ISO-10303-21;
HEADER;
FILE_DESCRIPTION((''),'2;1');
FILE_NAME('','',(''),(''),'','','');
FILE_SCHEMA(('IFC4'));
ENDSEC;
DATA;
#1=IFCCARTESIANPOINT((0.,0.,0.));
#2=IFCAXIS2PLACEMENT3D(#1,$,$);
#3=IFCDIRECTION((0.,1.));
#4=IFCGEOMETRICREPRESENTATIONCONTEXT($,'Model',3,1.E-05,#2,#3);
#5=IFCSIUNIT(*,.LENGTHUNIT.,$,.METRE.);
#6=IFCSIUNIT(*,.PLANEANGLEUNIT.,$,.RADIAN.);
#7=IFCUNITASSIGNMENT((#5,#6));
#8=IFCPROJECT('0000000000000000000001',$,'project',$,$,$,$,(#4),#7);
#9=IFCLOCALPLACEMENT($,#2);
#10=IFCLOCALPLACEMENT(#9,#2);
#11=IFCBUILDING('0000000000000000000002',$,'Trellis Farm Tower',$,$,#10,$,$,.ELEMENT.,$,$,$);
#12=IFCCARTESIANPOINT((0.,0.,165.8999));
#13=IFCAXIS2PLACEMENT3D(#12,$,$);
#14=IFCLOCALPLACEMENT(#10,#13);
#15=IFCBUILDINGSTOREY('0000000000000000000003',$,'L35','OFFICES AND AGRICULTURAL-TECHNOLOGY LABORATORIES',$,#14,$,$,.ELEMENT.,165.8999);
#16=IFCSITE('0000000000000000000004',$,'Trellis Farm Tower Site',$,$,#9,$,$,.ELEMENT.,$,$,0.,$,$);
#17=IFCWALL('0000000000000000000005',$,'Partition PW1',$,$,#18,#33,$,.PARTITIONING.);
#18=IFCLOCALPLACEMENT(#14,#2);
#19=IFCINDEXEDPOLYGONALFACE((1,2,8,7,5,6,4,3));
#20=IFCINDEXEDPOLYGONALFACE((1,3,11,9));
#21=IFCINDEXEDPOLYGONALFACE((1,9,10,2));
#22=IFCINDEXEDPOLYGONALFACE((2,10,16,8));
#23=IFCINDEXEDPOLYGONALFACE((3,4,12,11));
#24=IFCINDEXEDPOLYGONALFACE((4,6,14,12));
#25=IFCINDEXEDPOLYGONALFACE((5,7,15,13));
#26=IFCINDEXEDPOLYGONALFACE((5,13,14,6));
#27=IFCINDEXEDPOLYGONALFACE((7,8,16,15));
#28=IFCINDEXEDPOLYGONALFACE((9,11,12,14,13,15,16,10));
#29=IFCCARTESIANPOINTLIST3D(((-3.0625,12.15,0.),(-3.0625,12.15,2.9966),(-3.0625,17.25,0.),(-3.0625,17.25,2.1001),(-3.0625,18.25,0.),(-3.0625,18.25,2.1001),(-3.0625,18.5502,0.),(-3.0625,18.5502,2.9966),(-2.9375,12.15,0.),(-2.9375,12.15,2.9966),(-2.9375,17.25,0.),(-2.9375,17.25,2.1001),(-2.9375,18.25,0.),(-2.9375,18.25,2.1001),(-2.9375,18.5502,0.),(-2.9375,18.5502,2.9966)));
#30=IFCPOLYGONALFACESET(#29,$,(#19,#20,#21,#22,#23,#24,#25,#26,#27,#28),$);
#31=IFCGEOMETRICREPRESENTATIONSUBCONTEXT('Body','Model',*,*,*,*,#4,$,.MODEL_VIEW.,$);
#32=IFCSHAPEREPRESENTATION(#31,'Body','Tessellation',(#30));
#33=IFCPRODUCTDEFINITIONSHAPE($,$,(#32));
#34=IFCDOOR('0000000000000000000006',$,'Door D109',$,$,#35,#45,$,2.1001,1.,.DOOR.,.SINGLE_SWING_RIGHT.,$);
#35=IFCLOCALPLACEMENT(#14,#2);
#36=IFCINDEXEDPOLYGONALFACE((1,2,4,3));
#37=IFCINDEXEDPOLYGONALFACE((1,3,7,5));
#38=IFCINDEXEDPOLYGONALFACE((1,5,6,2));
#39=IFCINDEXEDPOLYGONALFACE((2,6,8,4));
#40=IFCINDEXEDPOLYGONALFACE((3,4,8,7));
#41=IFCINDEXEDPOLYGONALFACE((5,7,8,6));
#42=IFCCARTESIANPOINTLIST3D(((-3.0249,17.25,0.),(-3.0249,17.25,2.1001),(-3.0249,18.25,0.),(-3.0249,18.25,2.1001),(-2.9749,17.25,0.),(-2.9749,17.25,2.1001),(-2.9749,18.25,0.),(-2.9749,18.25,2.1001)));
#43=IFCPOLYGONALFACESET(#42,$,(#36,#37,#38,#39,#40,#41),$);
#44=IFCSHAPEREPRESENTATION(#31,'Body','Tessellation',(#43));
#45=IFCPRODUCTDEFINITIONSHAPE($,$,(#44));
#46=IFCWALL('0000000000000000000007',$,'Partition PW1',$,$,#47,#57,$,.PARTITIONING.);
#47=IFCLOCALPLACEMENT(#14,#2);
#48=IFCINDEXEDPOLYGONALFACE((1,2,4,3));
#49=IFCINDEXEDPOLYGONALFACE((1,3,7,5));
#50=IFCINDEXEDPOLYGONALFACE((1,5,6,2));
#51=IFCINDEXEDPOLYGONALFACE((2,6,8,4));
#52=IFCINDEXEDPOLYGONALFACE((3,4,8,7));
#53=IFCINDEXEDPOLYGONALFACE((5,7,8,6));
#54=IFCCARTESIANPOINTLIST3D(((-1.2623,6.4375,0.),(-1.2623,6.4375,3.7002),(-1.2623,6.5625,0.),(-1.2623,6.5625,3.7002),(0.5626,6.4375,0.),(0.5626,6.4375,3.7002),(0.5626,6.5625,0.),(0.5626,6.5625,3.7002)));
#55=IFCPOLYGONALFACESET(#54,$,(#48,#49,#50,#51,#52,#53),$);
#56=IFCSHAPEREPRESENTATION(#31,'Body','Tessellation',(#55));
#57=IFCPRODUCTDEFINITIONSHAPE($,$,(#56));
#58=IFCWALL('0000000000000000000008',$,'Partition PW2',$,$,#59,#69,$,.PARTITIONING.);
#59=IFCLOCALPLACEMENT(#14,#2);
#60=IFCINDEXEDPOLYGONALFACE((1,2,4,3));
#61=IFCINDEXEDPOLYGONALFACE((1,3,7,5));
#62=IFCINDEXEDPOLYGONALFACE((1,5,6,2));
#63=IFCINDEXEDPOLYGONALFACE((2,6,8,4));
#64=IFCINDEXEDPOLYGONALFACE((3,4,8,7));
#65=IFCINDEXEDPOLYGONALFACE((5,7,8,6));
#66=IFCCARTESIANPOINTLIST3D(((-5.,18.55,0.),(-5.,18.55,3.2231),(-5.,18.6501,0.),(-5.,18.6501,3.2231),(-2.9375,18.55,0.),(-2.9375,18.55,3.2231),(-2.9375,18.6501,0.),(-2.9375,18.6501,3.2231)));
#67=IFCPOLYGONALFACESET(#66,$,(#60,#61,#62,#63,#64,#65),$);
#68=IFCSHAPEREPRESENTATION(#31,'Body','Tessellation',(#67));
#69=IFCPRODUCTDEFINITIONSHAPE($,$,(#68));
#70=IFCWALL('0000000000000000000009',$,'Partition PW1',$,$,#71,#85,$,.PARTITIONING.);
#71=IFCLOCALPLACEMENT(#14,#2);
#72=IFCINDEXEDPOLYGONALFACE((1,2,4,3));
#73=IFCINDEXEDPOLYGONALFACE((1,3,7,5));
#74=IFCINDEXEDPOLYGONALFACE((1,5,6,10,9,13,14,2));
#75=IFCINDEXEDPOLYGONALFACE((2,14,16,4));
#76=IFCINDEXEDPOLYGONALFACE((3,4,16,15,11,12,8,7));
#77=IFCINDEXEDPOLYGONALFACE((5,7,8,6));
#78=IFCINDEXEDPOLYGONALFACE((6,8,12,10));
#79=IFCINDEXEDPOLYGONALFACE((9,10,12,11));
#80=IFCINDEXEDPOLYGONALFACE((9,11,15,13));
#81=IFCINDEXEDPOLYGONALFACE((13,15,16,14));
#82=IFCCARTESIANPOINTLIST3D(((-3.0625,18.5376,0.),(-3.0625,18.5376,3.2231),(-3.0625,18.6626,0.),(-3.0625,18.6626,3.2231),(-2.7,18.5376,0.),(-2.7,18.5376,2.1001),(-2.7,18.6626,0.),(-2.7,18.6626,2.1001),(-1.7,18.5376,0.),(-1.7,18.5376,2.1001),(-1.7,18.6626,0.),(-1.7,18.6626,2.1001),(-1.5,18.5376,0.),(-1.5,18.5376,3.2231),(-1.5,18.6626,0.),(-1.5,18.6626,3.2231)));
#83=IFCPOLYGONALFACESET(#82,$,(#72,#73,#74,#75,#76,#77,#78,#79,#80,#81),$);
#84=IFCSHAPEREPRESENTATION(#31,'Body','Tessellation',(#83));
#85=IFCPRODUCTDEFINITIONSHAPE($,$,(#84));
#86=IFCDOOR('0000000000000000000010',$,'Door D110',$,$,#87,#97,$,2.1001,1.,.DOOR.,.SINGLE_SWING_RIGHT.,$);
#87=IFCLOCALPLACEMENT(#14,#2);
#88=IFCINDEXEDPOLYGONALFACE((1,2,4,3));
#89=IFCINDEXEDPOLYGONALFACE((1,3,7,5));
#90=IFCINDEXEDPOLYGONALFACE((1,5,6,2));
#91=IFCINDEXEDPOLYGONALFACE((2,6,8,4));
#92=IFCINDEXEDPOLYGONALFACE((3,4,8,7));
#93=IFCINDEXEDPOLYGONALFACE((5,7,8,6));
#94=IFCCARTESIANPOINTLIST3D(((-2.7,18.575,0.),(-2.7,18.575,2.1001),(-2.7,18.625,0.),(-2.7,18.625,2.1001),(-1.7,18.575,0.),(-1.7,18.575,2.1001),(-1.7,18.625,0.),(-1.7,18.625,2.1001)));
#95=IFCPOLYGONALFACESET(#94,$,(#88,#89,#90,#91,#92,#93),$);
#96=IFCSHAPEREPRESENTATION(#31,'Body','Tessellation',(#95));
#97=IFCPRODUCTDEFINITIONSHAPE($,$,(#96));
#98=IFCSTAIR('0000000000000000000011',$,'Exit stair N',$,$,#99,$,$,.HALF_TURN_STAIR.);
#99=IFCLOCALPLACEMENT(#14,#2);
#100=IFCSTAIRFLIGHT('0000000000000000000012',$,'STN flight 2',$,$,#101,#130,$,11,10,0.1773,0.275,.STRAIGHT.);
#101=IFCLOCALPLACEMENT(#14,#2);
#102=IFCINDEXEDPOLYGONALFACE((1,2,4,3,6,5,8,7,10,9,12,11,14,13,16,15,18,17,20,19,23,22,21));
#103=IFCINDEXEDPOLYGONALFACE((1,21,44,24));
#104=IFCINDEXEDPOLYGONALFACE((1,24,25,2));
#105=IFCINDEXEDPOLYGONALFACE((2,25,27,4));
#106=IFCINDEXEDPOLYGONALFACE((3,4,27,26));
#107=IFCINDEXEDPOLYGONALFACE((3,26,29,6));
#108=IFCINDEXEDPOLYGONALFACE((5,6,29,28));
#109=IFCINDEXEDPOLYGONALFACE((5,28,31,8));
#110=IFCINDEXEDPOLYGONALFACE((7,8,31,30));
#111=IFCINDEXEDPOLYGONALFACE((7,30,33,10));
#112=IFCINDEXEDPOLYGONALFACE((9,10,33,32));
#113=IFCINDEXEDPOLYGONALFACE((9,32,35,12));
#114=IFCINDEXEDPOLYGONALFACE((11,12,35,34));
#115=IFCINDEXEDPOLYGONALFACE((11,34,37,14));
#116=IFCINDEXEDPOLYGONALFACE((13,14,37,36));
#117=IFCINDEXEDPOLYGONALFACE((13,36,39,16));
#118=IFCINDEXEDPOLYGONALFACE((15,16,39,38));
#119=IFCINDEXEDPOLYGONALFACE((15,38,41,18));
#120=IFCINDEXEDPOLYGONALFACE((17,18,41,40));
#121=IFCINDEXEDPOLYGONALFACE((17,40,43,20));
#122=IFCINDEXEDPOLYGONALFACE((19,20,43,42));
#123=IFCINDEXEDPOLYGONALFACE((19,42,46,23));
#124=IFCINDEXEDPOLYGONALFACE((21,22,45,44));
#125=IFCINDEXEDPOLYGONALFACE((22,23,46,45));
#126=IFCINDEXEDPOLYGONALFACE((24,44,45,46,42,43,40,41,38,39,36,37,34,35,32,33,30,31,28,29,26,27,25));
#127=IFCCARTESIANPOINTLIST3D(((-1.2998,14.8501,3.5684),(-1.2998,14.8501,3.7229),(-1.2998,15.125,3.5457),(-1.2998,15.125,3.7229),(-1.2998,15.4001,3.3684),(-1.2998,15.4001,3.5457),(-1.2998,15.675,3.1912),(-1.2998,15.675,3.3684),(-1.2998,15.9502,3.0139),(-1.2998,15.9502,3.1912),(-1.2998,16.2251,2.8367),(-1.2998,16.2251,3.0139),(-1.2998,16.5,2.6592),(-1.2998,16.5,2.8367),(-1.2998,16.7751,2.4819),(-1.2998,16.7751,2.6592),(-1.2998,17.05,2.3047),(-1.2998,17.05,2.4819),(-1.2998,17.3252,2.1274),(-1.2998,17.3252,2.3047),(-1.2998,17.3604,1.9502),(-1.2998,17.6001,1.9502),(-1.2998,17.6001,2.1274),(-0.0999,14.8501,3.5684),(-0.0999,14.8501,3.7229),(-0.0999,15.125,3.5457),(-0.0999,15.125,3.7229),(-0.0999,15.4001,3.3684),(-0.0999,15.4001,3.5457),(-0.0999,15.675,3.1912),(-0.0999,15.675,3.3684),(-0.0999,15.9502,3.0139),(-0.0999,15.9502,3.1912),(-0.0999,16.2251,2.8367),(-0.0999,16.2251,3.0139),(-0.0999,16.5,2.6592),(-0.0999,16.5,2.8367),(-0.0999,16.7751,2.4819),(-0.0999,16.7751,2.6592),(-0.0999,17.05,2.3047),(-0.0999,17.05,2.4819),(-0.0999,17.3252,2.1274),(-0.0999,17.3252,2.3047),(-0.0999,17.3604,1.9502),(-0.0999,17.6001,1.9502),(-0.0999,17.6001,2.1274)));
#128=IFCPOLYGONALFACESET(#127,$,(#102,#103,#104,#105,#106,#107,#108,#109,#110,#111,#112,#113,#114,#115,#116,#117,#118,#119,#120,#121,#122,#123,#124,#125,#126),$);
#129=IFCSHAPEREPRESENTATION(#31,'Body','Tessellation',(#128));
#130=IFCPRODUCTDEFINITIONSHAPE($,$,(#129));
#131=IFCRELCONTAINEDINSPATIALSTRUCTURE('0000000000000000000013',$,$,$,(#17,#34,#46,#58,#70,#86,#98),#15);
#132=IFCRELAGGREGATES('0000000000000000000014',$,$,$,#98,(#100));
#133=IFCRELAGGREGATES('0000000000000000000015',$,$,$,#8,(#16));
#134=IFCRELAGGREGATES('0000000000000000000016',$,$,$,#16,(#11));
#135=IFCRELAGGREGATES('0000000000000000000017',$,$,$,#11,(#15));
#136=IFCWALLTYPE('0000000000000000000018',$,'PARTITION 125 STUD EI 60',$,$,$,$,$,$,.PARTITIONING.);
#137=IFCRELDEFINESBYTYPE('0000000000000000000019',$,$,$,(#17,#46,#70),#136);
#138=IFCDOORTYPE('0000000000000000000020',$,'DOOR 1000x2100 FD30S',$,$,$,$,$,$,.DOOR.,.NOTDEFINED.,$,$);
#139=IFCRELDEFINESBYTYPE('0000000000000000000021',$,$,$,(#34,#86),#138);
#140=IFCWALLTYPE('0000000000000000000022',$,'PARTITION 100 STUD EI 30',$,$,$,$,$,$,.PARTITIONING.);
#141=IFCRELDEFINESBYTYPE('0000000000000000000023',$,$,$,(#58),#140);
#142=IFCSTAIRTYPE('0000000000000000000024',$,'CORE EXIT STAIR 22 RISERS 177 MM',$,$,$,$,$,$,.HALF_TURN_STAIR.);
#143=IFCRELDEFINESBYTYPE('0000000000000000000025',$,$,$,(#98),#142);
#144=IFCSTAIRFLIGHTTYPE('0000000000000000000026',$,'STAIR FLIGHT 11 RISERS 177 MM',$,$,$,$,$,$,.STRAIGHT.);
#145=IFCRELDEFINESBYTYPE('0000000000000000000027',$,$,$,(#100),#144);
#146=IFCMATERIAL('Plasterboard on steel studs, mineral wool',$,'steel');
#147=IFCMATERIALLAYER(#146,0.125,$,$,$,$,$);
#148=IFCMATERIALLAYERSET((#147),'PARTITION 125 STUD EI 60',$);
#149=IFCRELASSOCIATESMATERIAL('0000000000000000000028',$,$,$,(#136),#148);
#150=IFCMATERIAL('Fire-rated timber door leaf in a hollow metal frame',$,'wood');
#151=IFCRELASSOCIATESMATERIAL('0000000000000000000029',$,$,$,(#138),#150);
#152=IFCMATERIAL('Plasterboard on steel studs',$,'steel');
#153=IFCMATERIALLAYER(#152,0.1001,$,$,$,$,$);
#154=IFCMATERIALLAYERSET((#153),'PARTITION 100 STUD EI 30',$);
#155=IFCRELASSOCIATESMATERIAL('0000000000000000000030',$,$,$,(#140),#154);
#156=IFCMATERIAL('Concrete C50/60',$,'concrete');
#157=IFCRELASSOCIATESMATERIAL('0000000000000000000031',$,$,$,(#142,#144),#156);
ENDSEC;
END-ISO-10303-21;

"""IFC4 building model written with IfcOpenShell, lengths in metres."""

from ifc_helpers import new_model, si_unit, direction, frame, frame_2d, origin, place, context, subcontext, project, spatial, polyline, rectangle, outline, extrude, source, transform, mapped, material, layer, layer_set, type_object, element, fill, aggregate, save


model = new_model("IFC4")

# Units and contexts
model_context = context("Model", 3, precision=1e-05, world=origin(), true_north=direction((0.0, 1.0)))
body_context = subcontext(model_context, "Body", "Model", "MODEL_VIEW")
ifc_project = project(units=[si_unit("LENGTHUNIT", "METRE"), si_unit("PLANEANGLEUNIT", "RADIAN")], contexts=[model_context])

# Site, building, storey
site_placement = place(None, origin())
site = spatial("IfcSite", under=ifc_project, at=site_placement, Name="Trellis Farm Tower Site", CompositionType="ELEMENT", RefElevation=0.0)
building_placement = place(site_placement, origin())
building = spatial("IfcBuilding", under=site, at=building_placement, Name="Trellis Farm Tower", CompositionType="ELEMENT")
storey_placement = place(building_placement, frame((0.0, 0.0, 165.8999)))
storey = spatial("IfcBuildingStorey", under=building, at=storey_placement, Name="L35", Description="OFFICES AND AGRICULTURAL-TECHNOLOGY LABORATORIES", CompositionType="ELEMENT", Elevation=165.8999)

# Shared definitions
placement = place(storey_placement, origin())

# Shared definitions
ifc_material_1 = material(Name="Plasterboard on steel studs, mineral wool", Category="steel")
ifc_layer_1 = layer(ifc_material_1, 0.125)
ifc_layer_set_1 = layer_set([ifc_layer_1], Name="PARTITION 125 STUD EI 60")
wall_type_1 = type_object("IfcWallType", Name="PARTITION 125 STUD EI 60", PredefinedType="PARTITIONING", material=ifc_layer_set_1)
shared_shape_1 = source(origin(), body_context, "Body", "SweptSolid", [
    extrude(rectangle(XDim=1.0, YDim=2.1001, at=frame_2d((0.5, 1.05))), frame((0.0, 0.0725, 0.0), z_axis=(0.0, -1.0, 0.0), x_axis=(1.0, 0.0, 0.0)), (0.0, 0.0, 1.0), 0.145),
])
ifc_material_2 = material(Name="Fire-rated timber door leaf in a hollow metal frame", Category="wood")
door_type_1 = type_object("IfcDoorType", Name="DOOR 1000x2100 FD30S", OperationType="NOTDEFINED", PredefinedType="DOOR", material=ifc_material_2)
shared_shape_2 = source(origin(), body_context, "Body", "SweptSolid", [
    extrude(rectangle(XDim=1.0, YDim=2.1001, at=frame_2d((0.5, 1.05))), frame((0.0, 0.0249, 0.0), z_axis=(0.0, -1.0, 0.0), x_axis=(1.0, 0.0, 0.0)), (0.0, 0.0, 1.0), 0.05),
])

# Shared definitions
ifc_material_3 = material(Name="Plasterboard on steel studs", Category="steel")
ifc_layer_2 = layer(ifc_material_3, 0.1001)
ifc_layer_set_2 = layer_set([ifc_layer_2], Name="PARTITION 100 STUD EI 30")
wall_type_2 = type_object("IfcWallType", Name="PARTITION 100 STUD EI 30", PredefinedType="PARTITIONING", material=ifc_layer_set_2)

# Wall, opening, door
shared_shape_3 = source(origin(), body_context, "Body", "SweptSolid", [
    extrude(rectangle(XDim=6.4001, YDim=0.125, at=frame_2d((3.2002, 0.0))), origin(), (0.0, 0.0, 1.0), 2.9966),
])
wall_1_placement = place(storey_placement, frame((-3.0, 12.1499, 0.0), z_axis=(0.0, 0.0, 1.0), x_axis=(0.0, 1.0, 0.0)))
wall_1 = element("IfcWall", 1, at=wall_1_placement, inside=storey, type_object=wall_type_1, Name="Partition PW1", PredefinedType="PARTITIONING", context=body_context, shape_type="MappedRepresentation", body=[
    mapped(shared_shape_3, transform((0.0, 0.0, 0.0))),
])
opening_1_placement = place(wall_1_placement, frame((5.1001, 0.0, 0.0)))
opening_1 = element("IfcOpeningElement", 2, at=opening_1_placement, cuts=wall_1, PredefinedType="OPENING", context=body_context, shape_type="MappedRepresentation", body=[
    mapped(shared_shape_1, transform((0.0, 0.0, 0.0))),
])
door_1_placement = place(opening_1_placement, origin())
door_1 = element("IfcDoor", 3, at=door_1_placement, inside=storey, type_object=door_type_1, Name="Door D109", OperationType="SINGLE_SWING_RIGHT", OverallHeight=2.1001, OverallWidth=1.0, PredefinedType="DOOR", context=body_context, shape_type="MappedRepresentation", body=[
    mapped(shared_shape_2, transform((0.0, 0.0, 0.0))),
])
fill(opening_1, door_1)

# Walls
shared_shape_4 = source(origin(), body_context, "Body", "SweptSolid", [
    extrude(rectangle(XDim=1.825, YDim=0.125, at=frame_2d((0.9126, 0.0))), origin(), (0.0, 0.0, 1.0), 3.7002),
])
wall_2_placement = place(storey_placement, frame((-1.2625, 6.5, 0.0), z_axis=(0.0, 0.0, 1.0), x_axis=(1.0, 0.0, 0.0)))
element("IfcWall", 4, at=wall_2_placement, inside=storey, type_object=wall_type_1, Name="Partition PW1", PredefinedType="PARTITIONING", context=body_context, shape_type="MappedRepresentation", body=[
    mapped(shared_shape_4, transform((0.0, 0.0, 0.0))),
])
shared_shape_5 = source(origin(), body_context, "Body", "SweptSolid", [
    extrude(rectangle(XDim=2.0625, YDim=0.1001, at=frame_2d((1.0312, 0.0))), origin(), (0.0, 0.0, 1.0), 3.2231),
])
wall_3_placement = place(storey_placement, frame((-5.0, 18.6001, 0.0), z_axis=(0.0, 0.0, 1.0), x_axis=(1.0, 0.0, 0.0)))
element("IfcWall", 5, at=wall_3_placement, inside=storey, type_object=wall_type_2, Name="Partition PW2", PredefinedType="PARTITIONING", context=body_context, shape_type="MappedRepresentation", body=[
    mapped(shared_shape_5, transform((0.0, 0.0, 0.0))),
])

# Wall, opening, door
shared_shape_6 = source(origin(), body_context, "Body", "SweptSolid", [
    extrude(rectangle(XDim=1.5625, YDim=0.125, at=frame_2d((0.7812, 0.0))), origin(), (0.0, 0.0, 1.0), 3.2231),
])
wall_4_placement = place(storey_placement, frame((-3.0625, 18.6001, 0.0), z_axis=(0.0, 0.0, 1.0), x_axis=(1.0, 0.0, 0.0)))
wall_4 = element("IfcWall", 6, at=wall_4_placement, inside=storey, type_object=wall_type_1, Name="Partition PW1", PredefinedType="PARTITIONING", context=body_context, shape_type="MappedRepresentation", body=[
    mapped(shared_shape_6, transform((0.0, 0.0, 0.0))),
])
opening_2_placement = place(wall_4_placement, frame((0.3625, 0.0, 0.0)))
opening_2 = element("IfcOpeningElement", 7, at=opening_2_placement, cuts=wall_4, PredefinedType="OPENING", context=body_context, shape_type="MappedRepresentation", body=[
    mapped(shared_shape_1, transform((0.0, 0.0, 0.0))),
])
door_2_placement = place(opening_2_placement, origin())
door_2 = element("IfcDoor", 8, at=door_2_placement, inside=storey, type_object=door_type_1, Name="Door D110", OperationType="SINGLE_SWING_RIGHT", OverallHeight=2.1001, OverallWidth=1.0, PredefinedType="DOOR", context=body_context, shape_type="MappedRepresentation", body=[
    mapped(shared_shape_2, transform((0.0, 0.0, 0.0))),
])
fill(opening_2, door_2)

# Stair, stair flight
ifc_material_4 = material(Name="Concrete C50/60", Category="concrete")
stair_type = type_object("IfcStairType", Name="CORE EXIT STAIR 22 RISERS 177 MM", PredefinedType="HALF_TURN_STAIR", material=ifc_material_4)
stair = element("IfcStair", 9, at=placement, inside=storey, type_object=stair_type, Name="Exit stair N", PredefinedType="HALF_TURN_STAIR")
stair_flight_type = type_object("IfcStairFlightType", Name="STAIR FLIGHT 11 RISERS 177 MM", PredefinedType="STRAIGHT", material=ifc_material_4)
shared_shape_7 = source(origin(), body_context, "Body", "SweptSolid", [
    extrude(outline(polyline([(0.0, 0.0), (0.0, 0.1772), (0.2749, 0.1772), (0.2749, 0.3545), (0.55, 0.3545), (0.55, 0.5317), (0.825, 0.5317), (0.825, 0.709), (1.1001, 0.709), (1.1001, 0.8865), (1.375, 0.8865), (1.375, 1.0637), (1.6499, 1.0637), (1.6499, 1.241), (1.925, 1.241), (1.925, 1.4182), (2.2, 1.4182), (2.2, 1.5955), (2.4751, 1.5955), (2.4751, 1.7727), (2.75, 1.7727), (2.75, 1.95), (2.75, 1.6182), (0.2397, 0.0), (0.0, 0.0)])), frame((0.0, 0.6001, 0.0), z_axis=(0.0, -1.0, 0.0), x_axis=(1.0, 0.0, 0.0)), (0.0, 0.0, 1.0), 1.2),
])
stair_flight_placement = place(storey_placement, frame((-0.7, 17.6001, 1.9502), z_axis=(0.0, 0.0, 1.0), x_axis=(0.0, -1.0, 0.0)))
stair_flight = element("IfcStairFlight", 10, at=stair_flight_placement, type_object=stair_flight_type, Name="STN flight 2", NumberOfRisers=11, NumberOfTreads=10, PredefinedType="STRAIGHT", RiserHeight=0.1773, TreadLength=0.275, context=body_context, shape_type="MappedRepresentation", body=[
    mapped(shared_shape_7, transform((0.0, 0.0, 0.0))),
])
aggregate(stair, [stair_flight])

save(model, "model.ifc")
